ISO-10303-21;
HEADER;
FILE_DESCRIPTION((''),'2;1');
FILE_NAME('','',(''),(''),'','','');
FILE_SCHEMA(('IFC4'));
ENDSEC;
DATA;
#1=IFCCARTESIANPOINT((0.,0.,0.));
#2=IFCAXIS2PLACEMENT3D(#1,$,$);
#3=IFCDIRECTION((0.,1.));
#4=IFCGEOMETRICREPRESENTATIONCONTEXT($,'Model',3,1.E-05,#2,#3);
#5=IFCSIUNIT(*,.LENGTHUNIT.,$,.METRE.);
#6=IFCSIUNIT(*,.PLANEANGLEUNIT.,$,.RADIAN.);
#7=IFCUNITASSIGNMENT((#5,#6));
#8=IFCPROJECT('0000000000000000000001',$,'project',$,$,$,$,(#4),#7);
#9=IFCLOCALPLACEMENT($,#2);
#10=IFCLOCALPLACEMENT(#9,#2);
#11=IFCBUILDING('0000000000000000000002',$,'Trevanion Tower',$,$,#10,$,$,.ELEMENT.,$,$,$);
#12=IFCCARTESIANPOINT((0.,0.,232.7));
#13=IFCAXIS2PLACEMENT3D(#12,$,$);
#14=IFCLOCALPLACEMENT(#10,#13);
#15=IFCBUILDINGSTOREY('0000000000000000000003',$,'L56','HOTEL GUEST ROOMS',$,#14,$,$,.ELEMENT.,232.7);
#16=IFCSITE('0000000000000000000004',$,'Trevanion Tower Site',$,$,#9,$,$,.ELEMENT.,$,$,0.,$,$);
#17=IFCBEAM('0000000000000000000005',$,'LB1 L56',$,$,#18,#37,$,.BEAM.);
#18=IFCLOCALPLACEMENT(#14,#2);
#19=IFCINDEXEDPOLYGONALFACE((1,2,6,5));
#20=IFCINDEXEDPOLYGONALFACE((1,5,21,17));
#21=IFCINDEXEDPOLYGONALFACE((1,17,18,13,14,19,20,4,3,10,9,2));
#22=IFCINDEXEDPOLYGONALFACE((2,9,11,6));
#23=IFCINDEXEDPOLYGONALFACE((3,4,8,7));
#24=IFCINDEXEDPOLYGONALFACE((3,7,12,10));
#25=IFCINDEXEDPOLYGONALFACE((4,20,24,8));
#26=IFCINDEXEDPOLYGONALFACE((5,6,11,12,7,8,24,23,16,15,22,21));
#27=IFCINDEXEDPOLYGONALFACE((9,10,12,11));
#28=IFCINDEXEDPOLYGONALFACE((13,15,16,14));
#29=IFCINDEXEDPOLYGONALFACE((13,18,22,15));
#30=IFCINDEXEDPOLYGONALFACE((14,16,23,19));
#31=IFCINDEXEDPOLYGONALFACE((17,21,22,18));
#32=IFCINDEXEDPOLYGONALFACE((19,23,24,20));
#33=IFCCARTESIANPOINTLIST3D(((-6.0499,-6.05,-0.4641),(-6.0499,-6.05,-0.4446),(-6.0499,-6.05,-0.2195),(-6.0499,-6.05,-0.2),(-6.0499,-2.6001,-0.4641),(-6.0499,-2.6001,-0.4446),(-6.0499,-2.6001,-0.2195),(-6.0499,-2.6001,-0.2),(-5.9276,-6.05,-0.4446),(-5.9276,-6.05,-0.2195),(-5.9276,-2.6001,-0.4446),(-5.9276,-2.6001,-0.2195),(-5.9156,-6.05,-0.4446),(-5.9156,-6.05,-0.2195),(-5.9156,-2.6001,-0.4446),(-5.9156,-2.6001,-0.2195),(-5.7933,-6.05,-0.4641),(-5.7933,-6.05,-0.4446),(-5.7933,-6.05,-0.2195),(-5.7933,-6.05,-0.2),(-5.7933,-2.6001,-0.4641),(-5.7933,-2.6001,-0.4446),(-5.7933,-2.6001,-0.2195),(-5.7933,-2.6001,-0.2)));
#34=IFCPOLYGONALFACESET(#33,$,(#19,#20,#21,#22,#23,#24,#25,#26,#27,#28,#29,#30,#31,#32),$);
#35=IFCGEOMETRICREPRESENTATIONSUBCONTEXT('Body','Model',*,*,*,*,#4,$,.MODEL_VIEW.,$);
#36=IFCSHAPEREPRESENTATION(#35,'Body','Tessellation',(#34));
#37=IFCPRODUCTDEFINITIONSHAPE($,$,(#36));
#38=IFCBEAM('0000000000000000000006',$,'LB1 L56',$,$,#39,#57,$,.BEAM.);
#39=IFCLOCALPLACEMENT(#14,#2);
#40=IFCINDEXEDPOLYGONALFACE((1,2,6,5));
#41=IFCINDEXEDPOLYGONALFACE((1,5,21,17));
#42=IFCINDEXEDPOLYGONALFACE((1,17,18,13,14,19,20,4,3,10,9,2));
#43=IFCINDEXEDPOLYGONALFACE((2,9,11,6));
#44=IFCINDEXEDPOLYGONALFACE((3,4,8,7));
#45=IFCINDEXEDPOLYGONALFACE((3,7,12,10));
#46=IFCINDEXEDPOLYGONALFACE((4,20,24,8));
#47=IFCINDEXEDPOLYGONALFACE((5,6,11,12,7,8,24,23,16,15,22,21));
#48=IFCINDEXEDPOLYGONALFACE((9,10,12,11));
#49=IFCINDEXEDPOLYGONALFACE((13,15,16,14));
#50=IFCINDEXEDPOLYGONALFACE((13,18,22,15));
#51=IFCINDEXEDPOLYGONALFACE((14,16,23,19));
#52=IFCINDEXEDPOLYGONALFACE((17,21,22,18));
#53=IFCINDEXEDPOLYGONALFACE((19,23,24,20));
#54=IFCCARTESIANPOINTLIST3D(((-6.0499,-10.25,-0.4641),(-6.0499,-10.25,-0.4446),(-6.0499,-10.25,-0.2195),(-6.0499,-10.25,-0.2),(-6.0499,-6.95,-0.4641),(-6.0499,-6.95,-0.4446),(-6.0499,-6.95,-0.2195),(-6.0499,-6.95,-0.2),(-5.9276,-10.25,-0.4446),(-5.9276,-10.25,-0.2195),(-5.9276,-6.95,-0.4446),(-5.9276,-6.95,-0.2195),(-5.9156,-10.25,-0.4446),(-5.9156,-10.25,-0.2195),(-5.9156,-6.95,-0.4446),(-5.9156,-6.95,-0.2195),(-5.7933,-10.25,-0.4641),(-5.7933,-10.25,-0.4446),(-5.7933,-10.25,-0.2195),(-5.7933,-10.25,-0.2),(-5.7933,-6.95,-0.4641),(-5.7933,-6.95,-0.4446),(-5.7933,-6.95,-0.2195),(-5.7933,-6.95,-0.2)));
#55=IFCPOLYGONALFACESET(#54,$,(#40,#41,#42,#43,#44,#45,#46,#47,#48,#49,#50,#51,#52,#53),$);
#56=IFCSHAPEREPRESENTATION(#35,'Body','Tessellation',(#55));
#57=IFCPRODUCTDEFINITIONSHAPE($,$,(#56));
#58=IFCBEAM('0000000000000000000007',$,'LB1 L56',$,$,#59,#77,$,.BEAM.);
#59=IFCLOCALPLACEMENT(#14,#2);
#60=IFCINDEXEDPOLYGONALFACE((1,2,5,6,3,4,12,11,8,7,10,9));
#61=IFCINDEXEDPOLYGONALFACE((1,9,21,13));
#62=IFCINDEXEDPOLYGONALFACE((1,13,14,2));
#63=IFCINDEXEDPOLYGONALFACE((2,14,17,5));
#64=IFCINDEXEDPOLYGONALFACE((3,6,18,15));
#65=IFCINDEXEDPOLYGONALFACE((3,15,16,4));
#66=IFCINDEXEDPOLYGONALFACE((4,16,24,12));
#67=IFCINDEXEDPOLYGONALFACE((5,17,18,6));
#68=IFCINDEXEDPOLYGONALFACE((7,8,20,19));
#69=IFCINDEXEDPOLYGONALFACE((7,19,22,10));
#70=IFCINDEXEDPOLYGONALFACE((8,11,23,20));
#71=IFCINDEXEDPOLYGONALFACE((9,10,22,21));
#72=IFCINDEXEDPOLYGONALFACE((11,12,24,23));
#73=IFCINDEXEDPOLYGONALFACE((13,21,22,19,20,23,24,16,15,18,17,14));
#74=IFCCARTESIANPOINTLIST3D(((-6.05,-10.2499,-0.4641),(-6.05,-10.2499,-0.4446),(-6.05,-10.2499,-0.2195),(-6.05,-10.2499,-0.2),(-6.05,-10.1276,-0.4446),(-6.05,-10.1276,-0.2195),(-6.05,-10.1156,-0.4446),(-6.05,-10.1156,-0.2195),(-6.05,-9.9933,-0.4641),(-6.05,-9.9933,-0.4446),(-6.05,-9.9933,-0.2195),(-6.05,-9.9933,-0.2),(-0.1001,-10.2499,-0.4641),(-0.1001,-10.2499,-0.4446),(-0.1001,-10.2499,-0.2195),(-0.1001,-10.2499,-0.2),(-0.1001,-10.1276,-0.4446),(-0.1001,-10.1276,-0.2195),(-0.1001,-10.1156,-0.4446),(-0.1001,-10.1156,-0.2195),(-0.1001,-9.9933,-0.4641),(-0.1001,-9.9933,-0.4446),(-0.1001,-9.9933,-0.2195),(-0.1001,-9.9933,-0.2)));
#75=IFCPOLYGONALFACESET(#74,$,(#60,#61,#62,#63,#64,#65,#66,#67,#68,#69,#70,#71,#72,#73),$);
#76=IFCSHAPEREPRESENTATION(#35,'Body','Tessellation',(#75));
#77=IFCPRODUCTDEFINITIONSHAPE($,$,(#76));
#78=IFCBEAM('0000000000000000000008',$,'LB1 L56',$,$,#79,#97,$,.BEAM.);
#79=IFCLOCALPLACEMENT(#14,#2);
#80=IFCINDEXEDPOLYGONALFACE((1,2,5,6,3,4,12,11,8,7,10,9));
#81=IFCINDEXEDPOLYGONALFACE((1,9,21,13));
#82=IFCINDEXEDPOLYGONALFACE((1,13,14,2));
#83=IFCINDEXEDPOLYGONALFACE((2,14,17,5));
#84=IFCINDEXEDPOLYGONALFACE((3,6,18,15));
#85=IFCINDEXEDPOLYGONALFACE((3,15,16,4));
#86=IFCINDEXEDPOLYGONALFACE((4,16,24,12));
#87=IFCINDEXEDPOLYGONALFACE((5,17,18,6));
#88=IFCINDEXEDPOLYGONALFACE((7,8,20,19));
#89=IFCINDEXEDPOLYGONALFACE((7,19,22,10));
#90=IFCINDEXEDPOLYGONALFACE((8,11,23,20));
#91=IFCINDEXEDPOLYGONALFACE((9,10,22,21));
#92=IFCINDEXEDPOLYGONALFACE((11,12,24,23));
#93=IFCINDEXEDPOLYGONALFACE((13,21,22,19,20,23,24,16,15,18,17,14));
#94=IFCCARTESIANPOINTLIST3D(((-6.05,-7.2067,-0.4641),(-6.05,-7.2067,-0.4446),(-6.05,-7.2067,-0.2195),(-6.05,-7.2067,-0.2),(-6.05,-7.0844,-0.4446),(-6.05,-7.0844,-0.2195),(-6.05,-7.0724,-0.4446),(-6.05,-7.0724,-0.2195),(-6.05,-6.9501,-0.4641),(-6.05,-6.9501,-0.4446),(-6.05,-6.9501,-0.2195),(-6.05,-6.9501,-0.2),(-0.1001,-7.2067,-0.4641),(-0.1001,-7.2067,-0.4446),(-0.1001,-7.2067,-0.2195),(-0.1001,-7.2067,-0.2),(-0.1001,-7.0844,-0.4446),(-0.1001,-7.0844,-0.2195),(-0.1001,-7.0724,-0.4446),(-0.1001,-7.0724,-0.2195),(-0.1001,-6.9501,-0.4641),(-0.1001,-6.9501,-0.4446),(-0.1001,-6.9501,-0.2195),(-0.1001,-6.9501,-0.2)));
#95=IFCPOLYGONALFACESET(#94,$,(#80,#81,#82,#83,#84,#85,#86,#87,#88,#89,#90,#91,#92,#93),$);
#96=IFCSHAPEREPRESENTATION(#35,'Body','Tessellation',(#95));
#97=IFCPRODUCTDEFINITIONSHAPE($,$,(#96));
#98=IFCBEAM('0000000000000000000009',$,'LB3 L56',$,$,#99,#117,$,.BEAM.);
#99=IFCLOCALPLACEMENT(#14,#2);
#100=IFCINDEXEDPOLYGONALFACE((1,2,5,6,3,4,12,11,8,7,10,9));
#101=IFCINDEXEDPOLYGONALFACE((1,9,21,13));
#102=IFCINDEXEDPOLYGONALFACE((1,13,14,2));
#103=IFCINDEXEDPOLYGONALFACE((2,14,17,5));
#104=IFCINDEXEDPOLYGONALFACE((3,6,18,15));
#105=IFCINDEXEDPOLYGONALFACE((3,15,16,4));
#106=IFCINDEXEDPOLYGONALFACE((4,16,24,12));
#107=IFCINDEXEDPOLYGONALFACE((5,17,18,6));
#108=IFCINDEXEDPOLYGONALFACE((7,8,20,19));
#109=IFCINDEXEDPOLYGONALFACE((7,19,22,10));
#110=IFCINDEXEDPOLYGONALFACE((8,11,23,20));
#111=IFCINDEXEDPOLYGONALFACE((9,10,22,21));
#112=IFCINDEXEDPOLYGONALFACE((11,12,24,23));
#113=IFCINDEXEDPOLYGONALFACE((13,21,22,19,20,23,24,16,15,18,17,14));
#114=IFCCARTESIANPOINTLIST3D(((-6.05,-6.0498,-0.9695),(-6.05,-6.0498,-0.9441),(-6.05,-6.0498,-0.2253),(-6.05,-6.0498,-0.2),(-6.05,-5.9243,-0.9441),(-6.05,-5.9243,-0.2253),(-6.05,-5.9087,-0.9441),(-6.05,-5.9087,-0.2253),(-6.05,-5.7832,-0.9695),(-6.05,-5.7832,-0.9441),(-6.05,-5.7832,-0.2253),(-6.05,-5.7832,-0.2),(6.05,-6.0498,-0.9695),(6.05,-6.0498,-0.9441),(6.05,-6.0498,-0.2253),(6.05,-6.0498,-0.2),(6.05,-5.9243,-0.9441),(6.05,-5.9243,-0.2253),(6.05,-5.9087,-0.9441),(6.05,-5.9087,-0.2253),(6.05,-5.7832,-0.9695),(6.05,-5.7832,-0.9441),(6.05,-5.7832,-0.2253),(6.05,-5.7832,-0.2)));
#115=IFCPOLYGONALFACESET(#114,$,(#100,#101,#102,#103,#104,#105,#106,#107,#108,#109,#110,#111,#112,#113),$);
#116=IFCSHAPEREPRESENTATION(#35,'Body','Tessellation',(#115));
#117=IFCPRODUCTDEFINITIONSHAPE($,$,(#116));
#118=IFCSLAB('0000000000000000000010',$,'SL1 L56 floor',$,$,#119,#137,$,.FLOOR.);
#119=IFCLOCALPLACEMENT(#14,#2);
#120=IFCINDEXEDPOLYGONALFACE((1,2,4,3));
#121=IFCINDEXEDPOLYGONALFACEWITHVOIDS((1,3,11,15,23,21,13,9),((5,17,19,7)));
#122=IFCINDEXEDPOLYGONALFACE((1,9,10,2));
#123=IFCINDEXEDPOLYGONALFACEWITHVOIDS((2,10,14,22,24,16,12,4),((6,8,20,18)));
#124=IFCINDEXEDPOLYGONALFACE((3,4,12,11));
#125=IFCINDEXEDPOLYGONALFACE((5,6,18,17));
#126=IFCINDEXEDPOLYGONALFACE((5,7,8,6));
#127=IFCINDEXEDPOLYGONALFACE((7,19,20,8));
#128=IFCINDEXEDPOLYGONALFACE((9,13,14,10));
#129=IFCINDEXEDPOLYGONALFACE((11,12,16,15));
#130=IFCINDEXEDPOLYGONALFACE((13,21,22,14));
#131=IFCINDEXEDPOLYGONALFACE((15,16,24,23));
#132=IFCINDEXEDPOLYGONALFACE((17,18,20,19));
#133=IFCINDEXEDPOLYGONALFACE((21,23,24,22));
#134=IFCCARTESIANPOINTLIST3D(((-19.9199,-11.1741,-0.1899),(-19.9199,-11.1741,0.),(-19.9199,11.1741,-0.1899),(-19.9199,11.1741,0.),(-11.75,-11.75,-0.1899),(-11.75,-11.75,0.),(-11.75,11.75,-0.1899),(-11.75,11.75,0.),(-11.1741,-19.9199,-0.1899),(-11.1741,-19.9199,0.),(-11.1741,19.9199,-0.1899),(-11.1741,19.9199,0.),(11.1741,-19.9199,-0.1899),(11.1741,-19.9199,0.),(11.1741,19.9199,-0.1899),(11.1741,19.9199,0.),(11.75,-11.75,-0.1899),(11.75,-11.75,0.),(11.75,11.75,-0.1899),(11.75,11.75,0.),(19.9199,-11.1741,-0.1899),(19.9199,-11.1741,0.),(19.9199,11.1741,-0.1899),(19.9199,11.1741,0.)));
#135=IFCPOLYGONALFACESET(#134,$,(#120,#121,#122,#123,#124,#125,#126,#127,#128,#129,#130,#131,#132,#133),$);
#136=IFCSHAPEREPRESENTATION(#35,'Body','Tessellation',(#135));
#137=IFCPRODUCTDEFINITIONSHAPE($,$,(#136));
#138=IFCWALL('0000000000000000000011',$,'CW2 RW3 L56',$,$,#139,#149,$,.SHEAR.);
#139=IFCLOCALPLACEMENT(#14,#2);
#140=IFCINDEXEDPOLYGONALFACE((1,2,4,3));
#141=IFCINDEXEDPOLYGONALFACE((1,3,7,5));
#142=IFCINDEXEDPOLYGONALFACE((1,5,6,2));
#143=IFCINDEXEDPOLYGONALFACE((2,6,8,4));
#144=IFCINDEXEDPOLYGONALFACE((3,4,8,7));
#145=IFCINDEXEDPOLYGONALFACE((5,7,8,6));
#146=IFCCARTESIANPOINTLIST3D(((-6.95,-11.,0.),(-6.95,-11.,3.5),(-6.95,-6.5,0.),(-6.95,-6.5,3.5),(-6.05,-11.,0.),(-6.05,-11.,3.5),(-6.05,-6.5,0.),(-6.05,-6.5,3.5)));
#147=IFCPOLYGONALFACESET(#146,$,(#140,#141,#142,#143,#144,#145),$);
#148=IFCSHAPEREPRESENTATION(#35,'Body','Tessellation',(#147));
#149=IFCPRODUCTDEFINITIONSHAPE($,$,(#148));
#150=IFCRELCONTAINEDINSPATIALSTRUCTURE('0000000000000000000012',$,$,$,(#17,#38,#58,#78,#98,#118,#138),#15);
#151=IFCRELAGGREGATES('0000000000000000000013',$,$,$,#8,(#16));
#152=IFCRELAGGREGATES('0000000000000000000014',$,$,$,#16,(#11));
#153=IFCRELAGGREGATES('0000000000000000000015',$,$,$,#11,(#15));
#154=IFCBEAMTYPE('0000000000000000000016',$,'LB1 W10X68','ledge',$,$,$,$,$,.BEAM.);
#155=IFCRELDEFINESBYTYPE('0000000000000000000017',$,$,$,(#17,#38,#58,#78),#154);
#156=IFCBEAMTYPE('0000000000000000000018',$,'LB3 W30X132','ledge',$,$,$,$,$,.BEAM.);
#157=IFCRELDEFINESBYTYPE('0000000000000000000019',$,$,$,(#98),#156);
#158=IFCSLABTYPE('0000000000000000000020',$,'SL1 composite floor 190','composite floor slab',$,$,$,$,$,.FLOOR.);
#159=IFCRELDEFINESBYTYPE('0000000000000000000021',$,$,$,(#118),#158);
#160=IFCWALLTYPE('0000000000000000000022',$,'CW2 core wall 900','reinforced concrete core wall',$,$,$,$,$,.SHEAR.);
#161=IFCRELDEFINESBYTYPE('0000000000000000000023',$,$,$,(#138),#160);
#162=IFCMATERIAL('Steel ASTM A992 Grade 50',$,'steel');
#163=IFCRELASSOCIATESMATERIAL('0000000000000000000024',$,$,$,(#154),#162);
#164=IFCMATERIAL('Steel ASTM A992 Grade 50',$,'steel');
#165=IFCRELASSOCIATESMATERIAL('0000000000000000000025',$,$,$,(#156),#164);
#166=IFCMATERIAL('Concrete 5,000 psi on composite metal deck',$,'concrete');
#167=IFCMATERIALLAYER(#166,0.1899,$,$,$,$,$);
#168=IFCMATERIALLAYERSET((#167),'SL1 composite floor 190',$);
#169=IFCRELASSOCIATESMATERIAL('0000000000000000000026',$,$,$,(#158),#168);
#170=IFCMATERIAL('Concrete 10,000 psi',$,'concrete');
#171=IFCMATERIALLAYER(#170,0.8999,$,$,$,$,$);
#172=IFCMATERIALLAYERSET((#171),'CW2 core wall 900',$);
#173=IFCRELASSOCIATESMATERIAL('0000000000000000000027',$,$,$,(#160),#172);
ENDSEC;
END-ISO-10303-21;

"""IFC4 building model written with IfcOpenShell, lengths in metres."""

from ifc_helpers import new_model, si_unit, direction, frame, frame_2d, origin, origin_2d, place, context, subcontext, project, spatial, polyline, rectangle, i_section, outline, extrude, material, layer, layer_set, material_profile, profile_set, type_object, element, save


model = new_model("IFC4")

# Units and contexts
model_context = context("Model", 3, precision=1e-05, world=origin(), true_north=direction((0.0, 1.0)))
body_context = subcontext(model_context, "Body", "Model", "MODEL_VIEW")
ifc_project = project(units=[si_unit("LENGTHUNIT", "METRE"), si_unit("PLANEANGLEUNIT", "RADIAN")], contexts=[model_context])

# Site, building, storey
site_placement = place(None, origin())
site = spatial("IfcSite", under=ifc_project, at=site_placement, Name="Trevanion Tower Site", CompositionType="ELEMENT", RefElevation=0.0)
building_placement = place(site_placement, origin())
building = spatial("IfcBuilding", under=site, at=building_placement, Name="Trevanion Tower", CompositionType="ELEMENT")
storey_placement = place(building_placement, frame((0.0, 0.0, 232.7)))
storey = spatial("IfcBuildingStorey", under=building, at=storey_placement, Name="L56", Description="HOTEL GUEST ROOMS", CompositionType="ELEMENT", Elevation=232.7)

# Beams
ifc_material_1 = material(Name="Steel ASTM A992 Grade 50", Category="steel")
ifc_material_profile_1 = material_profile(ifc_material_1, i_section(OverallWidth=0.2566, OverallDepth=0.2642, WebThickness=0.012, FlangeThickness=0.0195, at=origin_2d()), Name="W10X68")
ifc_profile_set_1 = profile_set([ifc_material_profile_1], Name="Steel ASTM A992 Grade 50")
beam_type_1 = type_object("IfcBeamType", Name="LB1 W10X68", Description="ledge", PredefinedType="BEAM", material=ifc_profile_set_1)
beam_1_placement = place(storey_placement, frame((-5.9216, -6.05, -0.332), z_axis=(0.0, 1.0, 0.0), x_axis=(-1.0, 0.0, 0.0)))
element("IfcBeam", 1, at=beam_1_placement, inside=storey, type_object=beam_type_1, Name="LB1 L56", PredefinedType="BEAM", context=body_context, shape_type="SweptSolid", body=[
    extrude(i_section(OverallWidth=0.2566, OverallDepth=0.2642, WebThickness=0.012, FlangeThickness=0.0195, at=origin_2d()), origin(), (0.0, 0.0, 1.0), 3.45),
])
beam_2_placement = place(storey_placement, frame((-5.9216, -10.25, -0.332), z_axis=(0.0, 1.0, 0.0), x_axis=(-1.0, 0.0, 0.0)))
element("IfcBeam", 2, at=beam_2_placement, inside=storey, type_object=beam_type_1, Name="LB1 L56", PredefinedType="BEAM", context=body_context, shape_type="SweptSolid", body=[
    extrude(i_section(OverallWidth=0.2566, OverallDepth=0.2642, WebThickness=0.012, FlangeThickness=0.0195, at=origin_2d()), origin(), (0.0, 0.0, 1.0), 3.3),
])
for number, where, z_axis, x_axis, name in (
    (3, (-6.05, -10.1216, -0.332), (1.0, 0.0, 0.0), (0.0, 1.0, 0.0), "LB1 L56"),
    (4, (-6.05, -7.0784, -0.332), (1.0, 0.0, 0.0), (0.0, 1.0, 0.0), "LB1 L56"),
):
    element("IfcBeam", number, at=place(storey_placement, frame(where, z_axis=z_axis, x_axis=x_axis)), inside=storey, type_object=beam_type_1, Name=name, PredefinedType="BEAM", context=body_context, shape_type="SweptSolid", body=[
        extrude(i_section(OverallWidth=0.2566, OverallDepth=0.2642, WebThickness=0.012, FlangeThickness=0.0195, at=origin_2d()), origin(), (0.0, 0.0, 1.0), 5.95),
    ])
ifc_material_2 = material(Name="Steel ASTM A992 Grade 50", Category="steel")
ifc_material_profile_2 = material_profile(ifc_material_2, i_section(OverallWidth=0.2666, OverallDepth=0.7695, WebThickness=0.0156, FlangeThickness=0.0254, at=origin_2d()), Name="W30X132")
ifc_profile_set_2 = profile_set([ifc_material_profile_2], Name="Steel ASTM A992 Grade 50")
beam_type_2 = type_object("IfcBeamType", Name="LB3 W30X132", Description="ledge", PredefinedType="BEAM", material=ifc_profile_set_2)
beam_3_placement = place(storey_placement, frame((-6.05, -5.9165, -0.5847), z_axis=(1.0, 0.0, 0.0), x_axis=(0.0, 1.0, 0.0)))
element("IfcBeam", 5, at=beam_3_placement, inside=storey, type_object=beam_type_2, Name="LB3 L56", PredefinedType="BEAM", context=body_context, shape_type="SweptSolid", body=[
    extrude(i_section(OverallWidth=0.2666, OverallDepth=0.7695, WebThickness=0.0156, FlangeThickness=0.0254, at=origin_2d()), origin(), (0.0, 0.0, 1.0), 12.1001),
])

# Slab
ifc_material_3 = material(Name="Concrete 5,000 psi on composite metal deck", Category="concrete")
ifc_layer_1 = layer(ifc_material_3, 0.1899)
ifc_layer_set_1 = layer_set([ifc_layer_1], Name="SL1 composite floor 190")
slab_type = type_object("IfcSlabType", Name="SL1 composite floor 190", Description="composite floor slab", PredefinedType="FLOOR", material=ifc_layer_set_1)
slab_placement = place(storey_placement, frame((0.0, 0.0, -0.1899)))
element("IfcSlab", 6, at=slab_placement, inside=storey, type_object=slab_type, Name="SL1 L56 floor", PredefinedType="FLOOR", context=body_context, shape_type="SweptSolid", body=[
    extrude(outline(polyline([(19.9199, -11.1741), (19.9199, 11.1741), (11.1741, 19.9199), (-11.1741, 19.9199), (-19.9199, 11.1741), (-19.9199, -11.1741), (-11.1741, -19.9199), (11.1741, -19.9199), (19.9199, -11.1741)]), holes=[polyline([(11.75, -11.75), (11.75, 11.75), (-11.75, 11.75), (-11.75, -11.75), (11.75, -11.75)])]), origin(), (0.0, 0.0, 1.0), 0.1899),
])

# Wall
ifc_material_4 = material(Name="Concrete 10,000 psi", Category="concrete")
ifc_layer_2 = layer(ifc_material_4, 0.8999)
ifc_layer_set_2 = layer_set([ifc_layer_2], Name="CW2 core wall 900")
wall_type_1 = type_object("IfcWallType", Name="CW2 core wall 900", Description="reinforced concrete core wall", PredefinedType="SHEAR", material=ifc_layer_set_2)
wall_1_placement = place(storey_placement, frame((-6.5, -6.5, 0.0), z_axis=(0.0, 0.0, 1.0), x_axis=(0.0, -1.0, 0.0)))
element("IfcWall", 7, at=wall_1_placement, inside=storey, type_object=wall_type_1, Name="CW2 RW3 L56", PredefinedType="SHEAR", context=body_context, shape_type="SweptSolid", body=[
    extrude(rectangle(XDim=4.5, YDim=0.8999, at=frame_2d((2.25, 0.0))), origin(), (0.0, 0.0, 1.0), 3.5),
])

save(model, "model.ifc")
